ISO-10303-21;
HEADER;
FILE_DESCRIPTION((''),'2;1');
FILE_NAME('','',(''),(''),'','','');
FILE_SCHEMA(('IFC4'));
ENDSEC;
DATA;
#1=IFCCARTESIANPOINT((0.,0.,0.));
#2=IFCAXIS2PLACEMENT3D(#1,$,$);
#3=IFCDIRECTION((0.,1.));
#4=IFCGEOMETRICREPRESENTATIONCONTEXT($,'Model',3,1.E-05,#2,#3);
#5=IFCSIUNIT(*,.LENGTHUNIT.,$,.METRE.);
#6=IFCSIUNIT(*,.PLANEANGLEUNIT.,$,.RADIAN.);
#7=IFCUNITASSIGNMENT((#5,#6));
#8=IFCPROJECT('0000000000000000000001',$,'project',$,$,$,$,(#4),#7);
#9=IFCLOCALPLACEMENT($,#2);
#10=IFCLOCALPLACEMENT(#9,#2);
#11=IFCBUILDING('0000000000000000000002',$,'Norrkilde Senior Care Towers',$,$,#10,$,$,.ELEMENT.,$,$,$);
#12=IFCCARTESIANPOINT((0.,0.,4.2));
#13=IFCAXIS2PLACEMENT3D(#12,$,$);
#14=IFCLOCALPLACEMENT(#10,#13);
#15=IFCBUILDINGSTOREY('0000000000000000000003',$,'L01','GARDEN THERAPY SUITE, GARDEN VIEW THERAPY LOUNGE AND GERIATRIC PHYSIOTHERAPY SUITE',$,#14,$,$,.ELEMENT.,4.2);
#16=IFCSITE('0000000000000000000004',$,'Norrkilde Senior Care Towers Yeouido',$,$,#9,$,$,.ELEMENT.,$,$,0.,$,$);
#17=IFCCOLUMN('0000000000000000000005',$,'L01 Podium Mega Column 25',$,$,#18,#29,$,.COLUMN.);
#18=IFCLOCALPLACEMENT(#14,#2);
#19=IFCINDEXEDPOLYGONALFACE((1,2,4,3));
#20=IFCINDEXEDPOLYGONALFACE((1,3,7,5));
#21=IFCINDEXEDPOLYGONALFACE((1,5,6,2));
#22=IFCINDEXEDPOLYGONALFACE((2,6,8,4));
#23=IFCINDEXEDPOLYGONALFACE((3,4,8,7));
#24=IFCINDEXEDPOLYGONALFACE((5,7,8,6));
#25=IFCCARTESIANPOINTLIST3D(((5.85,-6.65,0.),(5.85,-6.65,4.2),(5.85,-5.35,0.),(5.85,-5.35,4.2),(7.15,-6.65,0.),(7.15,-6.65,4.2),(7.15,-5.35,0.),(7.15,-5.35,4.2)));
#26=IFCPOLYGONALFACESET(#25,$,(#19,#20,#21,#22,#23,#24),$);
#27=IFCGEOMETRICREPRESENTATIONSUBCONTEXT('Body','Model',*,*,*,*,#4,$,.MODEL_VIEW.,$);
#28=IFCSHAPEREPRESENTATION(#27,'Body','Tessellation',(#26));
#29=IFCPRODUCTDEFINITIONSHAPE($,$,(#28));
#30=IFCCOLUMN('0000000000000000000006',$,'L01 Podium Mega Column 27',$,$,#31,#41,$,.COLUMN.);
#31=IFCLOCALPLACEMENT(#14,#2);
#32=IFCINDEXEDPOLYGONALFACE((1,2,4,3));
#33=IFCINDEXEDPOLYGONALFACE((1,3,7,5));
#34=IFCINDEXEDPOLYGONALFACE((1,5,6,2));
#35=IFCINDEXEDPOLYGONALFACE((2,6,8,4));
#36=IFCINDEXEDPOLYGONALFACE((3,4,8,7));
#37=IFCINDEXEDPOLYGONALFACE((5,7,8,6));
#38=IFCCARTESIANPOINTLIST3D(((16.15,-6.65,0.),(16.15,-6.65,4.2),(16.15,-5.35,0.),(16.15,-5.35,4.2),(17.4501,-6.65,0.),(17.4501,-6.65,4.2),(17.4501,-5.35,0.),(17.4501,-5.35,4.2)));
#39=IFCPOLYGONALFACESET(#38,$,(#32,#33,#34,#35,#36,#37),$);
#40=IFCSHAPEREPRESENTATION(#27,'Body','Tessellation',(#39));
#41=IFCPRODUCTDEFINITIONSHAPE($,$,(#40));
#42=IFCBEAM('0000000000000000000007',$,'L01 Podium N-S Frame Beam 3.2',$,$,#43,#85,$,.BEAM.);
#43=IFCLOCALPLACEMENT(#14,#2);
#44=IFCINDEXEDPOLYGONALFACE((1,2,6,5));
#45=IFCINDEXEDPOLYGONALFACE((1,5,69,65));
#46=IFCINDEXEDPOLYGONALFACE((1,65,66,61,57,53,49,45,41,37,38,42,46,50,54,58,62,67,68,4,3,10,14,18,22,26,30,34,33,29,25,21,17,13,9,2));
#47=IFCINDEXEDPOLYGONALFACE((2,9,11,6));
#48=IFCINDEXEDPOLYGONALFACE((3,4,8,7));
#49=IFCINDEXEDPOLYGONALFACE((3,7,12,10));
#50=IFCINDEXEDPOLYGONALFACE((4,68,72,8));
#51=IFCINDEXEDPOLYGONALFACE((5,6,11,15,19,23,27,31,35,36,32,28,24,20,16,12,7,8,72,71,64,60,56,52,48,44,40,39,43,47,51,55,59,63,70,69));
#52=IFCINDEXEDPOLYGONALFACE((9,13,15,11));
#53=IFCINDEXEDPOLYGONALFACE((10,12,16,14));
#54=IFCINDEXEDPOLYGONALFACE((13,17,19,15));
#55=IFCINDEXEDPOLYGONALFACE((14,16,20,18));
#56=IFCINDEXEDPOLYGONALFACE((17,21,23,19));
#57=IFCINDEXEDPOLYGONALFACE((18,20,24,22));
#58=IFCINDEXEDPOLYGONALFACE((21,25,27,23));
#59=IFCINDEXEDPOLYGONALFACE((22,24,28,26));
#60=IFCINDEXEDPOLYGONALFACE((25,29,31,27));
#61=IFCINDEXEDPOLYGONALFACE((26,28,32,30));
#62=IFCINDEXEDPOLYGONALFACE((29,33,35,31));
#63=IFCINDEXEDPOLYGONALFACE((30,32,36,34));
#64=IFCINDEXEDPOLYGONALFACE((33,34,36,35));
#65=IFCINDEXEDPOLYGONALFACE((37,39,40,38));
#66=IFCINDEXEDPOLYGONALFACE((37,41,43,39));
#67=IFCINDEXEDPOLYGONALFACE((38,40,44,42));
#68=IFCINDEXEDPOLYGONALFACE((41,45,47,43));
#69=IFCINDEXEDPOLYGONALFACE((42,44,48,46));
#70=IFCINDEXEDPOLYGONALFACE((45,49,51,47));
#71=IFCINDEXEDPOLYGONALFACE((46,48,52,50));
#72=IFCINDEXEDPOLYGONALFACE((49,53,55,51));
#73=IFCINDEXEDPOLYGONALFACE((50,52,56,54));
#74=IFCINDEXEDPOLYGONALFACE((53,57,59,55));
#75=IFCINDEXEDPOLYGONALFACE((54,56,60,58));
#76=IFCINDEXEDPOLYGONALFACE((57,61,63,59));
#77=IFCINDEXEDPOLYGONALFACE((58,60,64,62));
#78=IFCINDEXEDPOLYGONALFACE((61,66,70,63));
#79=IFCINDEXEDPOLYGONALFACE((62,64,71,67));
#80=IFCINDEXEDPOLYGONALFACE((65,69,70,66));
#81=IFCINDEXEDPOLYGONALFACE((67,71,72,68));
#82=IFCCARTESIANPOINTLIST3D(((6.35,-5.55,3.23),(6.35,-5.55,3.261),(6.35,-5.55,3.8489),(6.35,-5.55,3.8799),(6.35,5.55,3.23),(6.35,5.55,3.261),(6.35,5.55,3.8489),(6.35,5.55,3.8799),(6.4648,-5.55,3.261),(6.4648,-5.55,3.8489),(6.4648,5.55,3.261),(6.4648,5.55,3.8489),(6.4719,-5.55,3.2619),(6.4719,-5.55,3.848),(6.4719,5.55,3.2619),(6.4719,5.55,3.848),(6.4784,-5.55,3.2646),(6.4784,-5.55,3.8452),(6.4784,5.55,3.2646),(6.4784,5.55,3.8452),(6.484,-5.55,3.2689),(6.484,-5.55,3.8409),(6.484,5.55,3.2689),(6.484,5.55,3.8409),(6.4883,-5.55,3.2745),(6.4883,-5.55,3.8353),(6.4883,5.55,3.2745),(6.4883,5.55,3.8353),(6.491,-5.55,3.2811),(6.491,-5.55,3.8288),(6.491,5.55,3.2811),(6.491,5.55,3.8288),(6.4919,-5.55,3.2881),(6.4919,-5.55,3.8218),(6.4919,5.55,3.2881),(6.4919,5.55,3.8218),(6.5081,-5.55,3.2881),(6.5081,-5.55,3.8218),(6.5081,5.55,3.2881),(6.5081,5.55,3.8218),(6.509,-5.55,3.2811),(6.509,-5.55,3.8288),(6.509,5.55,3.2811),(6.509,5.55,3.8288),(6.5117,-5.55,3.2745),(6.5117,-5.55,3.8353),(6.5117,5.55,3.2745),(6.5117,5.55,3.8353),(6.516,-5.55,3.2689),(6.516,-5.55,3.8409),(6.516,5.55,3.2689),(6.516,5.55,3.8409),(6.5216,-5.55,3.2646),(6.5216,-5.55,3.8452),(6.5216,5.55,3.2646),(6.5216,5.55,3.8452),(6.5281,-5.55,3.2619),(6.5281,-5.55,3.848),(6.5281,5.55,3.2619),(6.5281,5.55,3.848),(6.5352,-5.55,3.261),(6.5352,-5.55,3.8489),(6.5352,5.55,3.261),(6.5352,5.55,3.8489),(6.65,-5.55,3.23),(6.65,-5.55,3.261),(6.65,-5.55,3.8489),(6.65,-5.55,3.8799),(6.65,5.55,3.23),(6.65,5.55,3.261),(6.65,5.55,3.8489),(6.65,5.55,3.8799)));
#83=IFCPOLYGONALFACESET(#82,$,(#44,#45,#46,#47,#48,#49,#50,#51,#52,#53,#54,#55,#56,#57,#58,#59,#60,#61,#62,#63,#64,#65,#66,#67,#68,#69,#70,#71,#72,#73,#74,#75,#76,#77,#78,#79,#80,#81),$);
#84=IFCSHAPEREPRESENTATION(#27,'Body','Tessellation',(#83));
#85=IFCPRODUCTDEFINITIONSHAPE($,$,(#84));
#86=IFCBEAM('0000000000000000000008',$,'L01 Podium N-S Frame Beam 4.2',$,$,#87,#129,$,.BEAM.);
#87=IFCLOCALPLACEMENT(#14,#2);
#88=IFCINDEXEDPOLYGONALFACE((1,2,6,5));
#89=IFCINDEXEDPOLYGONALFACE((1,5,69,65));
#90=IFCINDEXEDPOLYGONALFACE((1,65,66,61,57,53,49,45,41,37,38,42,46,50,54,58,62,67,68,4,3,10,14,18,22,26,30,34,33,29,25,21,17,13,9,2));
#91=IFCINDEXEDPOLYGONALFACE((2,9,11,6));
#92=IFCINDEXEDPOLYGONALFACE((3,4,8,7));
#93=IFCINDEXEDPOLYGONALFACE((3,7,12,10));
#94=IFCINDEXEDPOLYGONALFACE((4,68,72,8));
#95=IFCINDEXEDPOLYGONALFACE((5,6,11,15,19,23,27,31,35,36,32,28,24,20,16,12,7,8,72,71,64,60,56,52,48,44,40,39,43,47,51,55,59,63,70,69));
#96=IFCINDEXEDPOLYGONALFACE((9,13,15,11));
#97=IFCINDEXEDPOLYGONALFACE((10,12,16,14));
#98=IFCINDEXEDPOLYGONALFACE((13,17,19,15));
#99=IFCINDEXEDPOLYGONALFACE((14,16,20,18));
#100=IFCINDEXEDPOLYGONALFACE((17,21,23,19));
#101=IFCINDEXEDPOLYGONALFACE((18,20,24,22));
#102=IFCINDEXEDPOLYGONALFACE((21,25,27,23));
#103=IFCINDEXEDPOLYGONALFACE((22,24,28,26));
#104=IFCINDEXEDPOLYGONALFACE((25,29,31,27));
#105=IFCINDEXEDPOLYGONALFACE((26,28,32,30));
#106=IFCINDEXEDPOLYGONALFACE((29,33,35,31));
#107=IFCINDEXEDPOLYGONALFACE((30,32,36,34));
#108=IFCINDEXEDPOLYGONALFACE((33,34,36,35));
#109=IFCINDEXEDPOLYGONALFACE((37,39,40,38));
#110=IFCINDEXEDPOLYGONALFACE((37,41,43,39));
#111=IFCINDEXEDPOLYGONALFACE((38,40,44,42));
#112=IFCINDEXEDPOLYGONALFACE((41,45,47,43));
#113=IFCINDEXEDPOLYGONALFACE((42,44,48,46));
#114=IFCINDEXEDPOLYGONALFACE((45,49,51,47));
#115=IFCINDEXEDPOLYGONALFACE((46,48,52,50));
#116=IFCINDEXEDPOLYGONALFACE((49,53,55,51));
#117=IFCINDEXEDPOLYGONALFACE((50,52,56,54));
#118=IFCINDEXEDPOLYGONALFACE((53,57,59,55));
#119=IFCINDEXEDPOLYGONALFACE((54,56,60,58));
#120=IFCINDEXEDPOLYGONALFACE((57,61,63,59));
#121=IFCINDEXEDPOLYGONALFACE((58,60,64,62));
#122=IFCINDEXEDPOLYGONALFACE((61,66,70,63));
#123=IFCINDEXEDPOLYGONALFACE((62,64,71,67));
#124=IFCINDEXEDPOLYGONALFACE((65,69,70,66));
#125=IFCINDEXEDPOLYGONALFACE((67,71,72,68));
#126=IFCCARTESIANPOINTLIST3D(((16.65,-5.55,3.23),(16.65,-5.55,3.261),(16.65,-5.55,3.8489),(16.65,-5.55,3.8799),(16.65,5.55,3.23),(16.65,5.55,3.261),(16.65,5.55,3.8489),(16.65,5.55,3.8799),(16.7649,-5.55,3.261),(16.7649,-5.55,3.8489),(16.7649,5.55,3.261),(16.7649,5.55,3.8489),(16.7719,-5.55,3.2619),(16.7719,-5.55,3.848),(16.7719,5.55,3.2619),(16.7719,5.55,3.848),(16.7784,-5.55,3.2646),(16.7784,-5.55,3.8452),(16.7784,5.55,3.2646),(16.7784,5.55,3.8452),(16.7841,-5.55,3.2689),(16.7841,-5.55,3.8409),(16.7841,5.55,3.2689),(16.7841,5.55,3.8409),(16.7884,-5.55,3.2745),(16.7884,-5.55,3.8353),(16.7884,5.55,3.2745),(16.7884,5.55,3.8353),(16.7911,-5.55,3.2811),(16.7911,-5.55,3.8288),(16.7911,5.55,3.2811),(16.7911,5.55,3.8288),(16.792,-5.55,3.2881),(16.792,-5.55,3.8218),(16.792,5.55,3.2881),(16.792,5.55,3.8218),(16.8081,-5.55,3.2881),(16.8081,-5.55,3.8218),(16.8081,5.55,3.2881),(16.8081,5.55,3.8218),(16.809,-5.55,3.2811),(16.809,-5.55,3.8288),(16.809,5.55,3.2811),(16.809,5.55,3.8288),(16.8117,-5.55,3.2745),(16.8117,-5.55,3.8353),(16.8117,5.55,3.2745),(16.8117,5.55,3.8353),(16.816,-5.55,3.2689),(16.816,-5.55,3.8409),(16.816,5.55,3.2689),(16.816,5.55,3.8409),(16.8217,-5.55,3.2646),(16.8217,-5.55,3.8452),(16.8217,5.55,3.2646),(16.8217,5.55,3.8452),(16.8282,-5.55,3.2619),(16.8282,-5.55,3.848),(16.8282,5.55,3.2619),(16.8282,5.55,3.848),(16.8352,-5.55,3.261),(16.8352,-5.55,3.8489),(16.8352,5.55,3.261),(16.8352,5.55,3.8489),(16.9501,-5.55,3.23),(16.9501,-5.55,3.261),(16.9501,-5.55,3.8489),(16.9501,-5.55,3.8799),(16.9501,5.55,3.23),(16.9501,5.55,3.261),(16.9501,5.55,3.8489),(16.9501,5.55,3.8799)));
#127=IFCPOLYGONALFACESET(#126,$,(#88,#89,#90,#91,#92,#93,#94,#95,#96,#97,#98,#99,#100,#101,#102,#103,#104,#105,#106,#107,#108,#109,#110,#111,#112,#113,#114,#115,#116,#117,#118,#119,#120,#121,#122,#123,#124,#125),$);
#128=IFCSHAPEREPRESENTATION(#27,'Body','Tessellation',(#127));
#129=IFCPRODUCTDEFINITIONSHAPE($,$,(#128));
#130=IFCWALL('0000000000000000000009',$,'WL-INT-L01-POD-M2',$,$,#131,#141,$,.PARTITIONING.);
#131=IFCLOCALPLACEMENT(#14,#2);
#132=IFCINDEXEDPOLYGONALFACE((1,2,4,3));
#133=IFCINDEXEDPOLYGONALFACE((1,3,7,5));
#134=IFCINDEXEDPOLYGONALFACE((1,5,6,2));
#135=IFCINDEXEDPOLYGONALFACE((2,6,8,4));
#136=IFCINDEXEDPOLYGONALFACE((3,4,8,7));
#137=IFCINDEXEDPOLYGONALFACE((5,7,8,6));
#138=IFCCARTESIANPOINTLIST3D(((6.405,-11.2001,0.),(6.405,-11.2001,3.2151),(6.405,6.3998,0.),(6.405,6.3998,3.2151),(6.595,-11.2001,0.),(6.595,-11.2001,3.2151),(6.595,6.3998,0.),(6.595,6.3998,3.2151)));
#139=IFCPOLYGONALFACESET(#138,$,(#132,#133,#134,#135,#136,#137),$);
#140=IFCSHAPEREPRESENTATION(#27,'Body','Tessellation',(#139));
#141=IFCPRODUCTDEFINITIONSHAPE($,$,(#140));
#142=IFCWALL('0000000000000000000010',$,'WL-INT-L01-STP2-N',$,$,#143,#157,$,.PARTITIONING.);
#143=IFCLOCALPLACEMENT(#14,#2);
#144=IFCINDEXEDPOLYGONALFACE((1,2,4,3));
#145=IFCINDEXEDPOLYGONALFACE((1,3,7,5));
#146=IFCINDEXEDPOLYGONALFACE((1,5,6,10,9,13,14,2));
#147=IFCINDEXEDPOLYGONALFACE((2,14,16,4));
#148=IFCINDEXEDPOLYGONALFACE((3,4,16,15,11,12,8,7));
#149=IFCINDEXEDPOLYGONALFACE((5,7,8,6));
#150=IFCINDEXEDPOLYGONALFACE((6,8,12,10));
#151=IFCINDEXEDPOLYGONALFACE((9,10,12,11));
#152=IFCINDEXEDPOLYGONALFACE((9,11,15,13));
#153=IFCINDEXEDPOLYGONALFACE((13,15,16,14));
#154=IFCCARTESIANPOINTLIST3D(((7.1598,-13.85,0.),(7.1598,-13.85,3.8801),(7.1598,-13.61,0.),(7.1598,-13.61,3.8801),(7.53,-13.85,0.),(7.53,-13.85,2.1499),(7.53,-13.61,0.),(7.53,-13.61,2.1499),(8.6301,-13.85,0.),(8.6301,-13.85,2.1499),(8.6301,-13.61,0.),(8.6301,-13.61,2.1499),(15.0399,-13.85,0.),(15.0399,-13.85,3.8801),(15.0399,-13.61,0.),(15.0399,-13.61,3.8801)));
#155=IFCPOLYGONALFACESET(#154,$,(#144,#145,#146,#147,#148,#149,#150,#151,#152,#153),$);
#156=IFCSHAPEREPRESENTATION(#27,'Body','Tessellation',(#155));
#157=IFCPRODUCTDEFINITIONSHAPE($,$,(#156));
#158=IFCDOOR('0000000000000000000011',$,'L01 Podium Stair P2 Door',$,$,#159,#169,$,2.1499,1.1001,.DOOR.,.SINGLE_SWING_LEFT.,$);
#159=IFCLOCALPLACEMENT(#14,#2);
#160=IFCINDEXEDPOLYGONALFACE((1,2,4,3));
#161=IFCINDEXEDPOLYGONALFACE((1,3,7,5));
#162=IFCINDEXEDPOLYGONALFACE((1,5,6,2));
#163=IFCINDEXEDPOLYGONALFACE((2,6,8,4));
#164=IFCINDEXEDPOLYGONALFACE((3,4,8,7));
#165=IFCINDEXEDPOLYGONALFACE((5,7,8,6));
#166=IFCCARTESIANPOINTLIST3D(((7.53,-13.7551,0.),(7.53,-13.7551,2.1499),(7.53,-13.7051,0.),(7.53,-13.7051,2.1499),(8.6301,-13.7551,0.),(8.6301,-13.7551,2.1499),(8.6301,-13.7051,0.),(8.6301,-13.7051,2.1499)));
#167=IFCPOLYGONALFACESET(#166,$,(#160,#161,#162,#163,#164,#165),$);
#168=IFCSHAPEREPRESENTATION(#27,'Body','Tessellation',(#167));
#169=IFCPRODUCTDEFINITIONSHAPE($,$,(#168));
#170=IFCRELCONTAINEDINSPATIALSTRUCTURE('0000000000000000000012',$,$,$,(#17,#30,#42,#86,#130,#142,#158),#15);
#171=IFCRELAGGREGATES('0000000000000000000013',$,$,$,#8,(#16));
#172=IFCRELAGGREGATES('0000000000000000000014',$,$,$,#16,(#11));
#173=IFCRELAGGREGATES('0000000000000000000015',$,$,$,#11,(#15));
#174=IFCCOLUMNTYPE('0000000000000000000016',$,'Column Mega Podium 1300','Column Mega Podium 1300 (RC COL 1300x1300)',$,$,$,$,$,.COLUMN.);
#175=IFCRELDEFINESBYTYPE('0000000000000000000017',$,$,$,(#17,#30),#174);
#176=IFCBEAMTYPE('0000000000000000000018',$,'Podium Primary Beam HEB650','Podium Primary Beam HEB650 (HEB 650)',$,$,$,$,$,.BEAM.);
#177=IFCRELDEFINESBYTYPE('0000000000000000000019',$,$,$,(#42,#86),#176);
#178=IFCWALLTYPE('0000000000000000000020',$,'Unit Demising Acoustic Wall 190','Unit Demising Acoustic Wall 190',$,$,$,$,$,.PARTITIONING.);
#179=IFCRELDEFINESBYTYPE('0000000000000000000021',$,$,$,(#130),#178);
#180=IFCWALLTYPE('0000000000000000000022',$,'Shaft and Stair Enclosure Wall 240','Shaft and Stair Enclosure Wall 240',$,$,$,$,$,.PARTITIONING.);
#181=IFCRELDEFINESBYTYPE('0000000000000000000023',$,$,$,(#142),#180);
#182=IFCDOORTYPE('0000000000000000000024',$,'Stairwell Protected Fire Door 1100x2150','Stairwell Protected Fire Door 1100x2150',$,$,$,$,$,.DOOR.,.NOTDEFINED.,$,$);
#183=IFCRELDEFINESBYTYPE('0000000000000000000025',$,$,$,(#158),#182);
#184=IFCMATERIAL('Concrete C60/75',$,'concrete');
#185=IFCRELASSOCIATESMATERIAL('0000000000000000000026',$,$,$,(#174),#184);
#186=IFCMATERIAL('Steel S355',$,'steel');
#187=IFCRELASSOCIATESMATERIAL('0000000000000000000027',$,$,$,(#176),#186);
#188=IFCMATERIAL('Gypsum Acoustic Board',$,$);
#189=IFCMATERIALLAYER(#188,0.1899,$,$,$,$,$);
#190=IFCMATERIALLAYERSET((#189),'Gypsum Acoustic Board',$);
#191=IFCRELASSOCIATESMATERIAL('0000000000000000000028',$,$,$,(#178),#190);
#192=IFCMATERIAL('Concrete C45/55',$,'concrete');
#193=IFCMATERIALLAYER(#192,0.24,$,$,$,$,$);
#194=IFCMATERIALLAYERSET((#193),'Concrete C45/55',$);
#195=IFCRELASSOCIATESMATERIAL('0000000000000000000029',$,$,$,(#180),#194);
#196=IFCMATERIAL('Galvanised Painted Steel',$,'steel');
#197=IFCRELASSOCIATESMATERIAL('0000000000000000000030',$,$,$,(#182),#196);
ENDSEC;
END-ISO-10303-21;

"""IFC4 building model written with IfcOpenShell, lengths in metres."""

from ifc_helpers import new_model, si_unit, direction, frame, frame_2d, origin, origin_2d, place, context, subcontext, project, spatial, rectangle, i_section, extrude, source, transform, mapped, material, layer, layer_set, material_profile, profile_set, type_object, type_shapes, element, fill, save


model = new_model("IFC4")

# Units and contexts
model_context = context("Model", 3, precision=1e-05, world=origin(), true_north=direction((0.0, 1.0)))
body_context = subcontext(model_context, "Body", "Model", "MODEL_VIEW")
ifc_project = project(units=[si_unit("LENGTHUNIT", "METRE"), si_unit("PLANEANGLEUNIT", "RADIAN")], contexts=[model_context])

# Site, building, storey
site_placement = place(None, origin())
site = spatial("IfcSite", under=ifc_project, at=site_placement, Name="Norrkilde Senior Care Towers Yeouido", CompositionType="ELEMENT", RefElevation=0.0)
building_placement = place(site_placement, origin())
building = spatial("IfcBuilding", under=site, at=building_placement, Name="Norrkilde Senior Care Towers", CompositionType="ELEMENT")
storey_placement = place(building_placement, frame((0.0, 0.0, 4.2)))
storey = spatial("IfcBuildingStorey", under=building, at=storey_placement, Name="L01", Description="GARDEN THERAPY SUITE, GARDEN VIEW THERAPY LOUNGE AND GERIATRIC PHYSIOTHERAPY SUITE", CompositionType="ELEMENT", Elevation=4.2)

# Columns
ifc_material_1 = material(Name="Concrete C60/75", Category="concrete")
ifc_material_profile_1 = material_profile(ifc_material_1, rectangle(XDim=1.3, YDim=1.3, at=origin_2d()), Name="RC COL 1300x1300")
ifc_profile_set_1 = profile_set([ifc_material_profile_1], Name="Concrete C60/75")
column_type = type_object("IfcColumnType", Name="Column Mega Podium 1300", Description="Column Mega Podium 1300 (RC COL 1300x1300)", PredefinedType="COLUMN", material=ifc_profile_set_1)
shared_shape_1 = source(origin(), body_context, "Body", "SweptSolid", [
    extrude(rectangle(XDim=1.3, YDim=1.3, at=origin_2d()), origin(), (0.0, 0.0, 1.0), 4.2),
])
type_shapes(column_type, [shared_shape_1])
for number, where, z_axis, x_axis, name in (
    (1, (6.5, -6.0, 0.0), (0.0, 0.0, 1.0), (1.0, 0.0, 0.0), "L01 Podium Mega Column 25"),
    (2, (16.8, -6.0, 0.0), (0.0, 0.0, 1.0), (1.0, 0.0, 0.0), "L01 Podium Mega Column 27"),
):
    element("IfcColumn", number, at=place(storey_placement, frame(where, z_axis=z_axis, x_axis=x_axis)), inside=storey, type_object=column_type, Name=name, PredefinedType="COLUMN", context=body_context, shape_type="MappedRepresentation", body=[
        mapped(shared_shape_1, transform((0.0, 0.0, 0.0), x_axis=(1.0, 0.0, 0.0), y_axis=(0.0, 1.0, 0.0), z_axis=(0.0, 0.0, 1.0), scale=1.0)),
    ])

# Beams
ifc_material_2 = material(Name="Steel S355", Category="steel")
ifc_material_profile_2 = material_profile(ifc_material_2, i_section(OverallWidth=0.3, OverallDepth=0.6499, WebThickness=0.0161, FlangeThickness=0.031, FilletRadius=0.0271, at=origin_2d()), Name="HEB 650")
ifc_profile_set_2 = profile_set([ifc_material_profile_2], Name="Steel S355")
beam_type = type_object("IfcBeamType", Name="Podium Primary Beam HEB650", Description="Podium Primary Beam HEB650 (HEB 650)", PredefinedType="BEAM", material=ifc_profile_set_2)
shared_shape_2 = source(origin(), body_context, "Body", "SweptSolid", [
    extrude(i_section(OverallWidth=0.3, OverallDepth=0.6499, WebThickness=0.0161, FlangeThickness=0.031, FilletRadius=0.0271, at=origin_2d()), origin(), (0.0, 0.0, 1.0), 11.1001),
])
type_shapes(beam_type, [shared_shape_2])
for number, where, z_axis, x_axis, name in (
    (3, (6.5, -5.55, 3.5549), (0.0, 1.0, 0.0), (-1.0, 0.0, 0.0), "L01 Podium N-S Frame Beam 3.2"),
    (4, (16.8, -5.55, 3.5549), (0.0, 1.0, 0.0), (-1.0, 0.0, 0.0), "L01 Podium N-S Frame Beam 4.2"),
):
    element("IfcBeam", number, at=place(storey_placement, frame(where, z_axis=z_axis, x_axis=x_axis)), inside=storey, type_object=beam_type, Name=name, PredefinedType="BEAM", context=body_context, shape_type="MappedRepresentation", body=[
        mapped(shared_shape_2, transform((0.0, 0.0, 0.0), x_axis=(1.0, 0.0, 0.0), y_axis=(0.0, 1.0, 0.0), z_axis=(0.0, 0.0, 1.0), scale=1.0)),
    ])

# Wall
ifc_material_3 = material(Name="Gypsum Acoustic Board")
ifc_layer_1 = layer(ifc_material_3, 0.1899)
ifc_layer_set_1 = layer_set([ifc_layer_1], Name="Gypsum Acoustic Board")
wall_type_1 = type_object("IfcWallType", Name="Unit Demising Acoustic Wall 190", Description="Unit Demising Acoustic Wall 190", PredefinedType="PARTITIONING", material=ifc_layer_set_1)
shared_shape_3 = source(origin(), body_context, "Body", "SweptSolid", [
    extrude(rectangle(XDim=17.5999, YDim=0.1899, at=frame_2d((8.7998, 0.0))), origin(), (0.0, 0.0, 1.0), 3.2151),
])
type_shapes(wall_type_1, [shared_shape_3])
wall_1_placement = place(storey_placement, frame((6.5, -11.2, 0.0), z_axis=(0.0, 0.0, 1.0), x_axis=(0.0, 1.0, 0.0)))
element("IfcWall", 5, at=wall_1_placement, inside=storey, type_object=wall_type_1, Name="WL-INT-L01-POD-M2", PredefinedType="PARTITIONING", context=body_context, shape_type="MappedRepresentation", body=[
    mapped(shared_shape_3, transform((0.0, 0.0, 0.0), x_axis=(1.0, 0.0, 0.0), y_axis=(0.0, 1.0, 0.0), z_axis=(0.0, 0.0, 1.0), scale=1.0)),
])

# Wall, opening, door
ifc_material_4 = material(Name="Concrete C45/55", Category="concrete")
ifc_layer_2 = layer(ifc_material_4, 0.24)
ifc_layer_set_2 = layer_set([ifc_layer_2], Name="Concrete C45/55")
wall_type_2 = type_object("IfcWallType", Name="Shaft and Stair Enclosure Wall 240", Description="Shaft and Stair Enclosure Wall 240", PredefinedType="PARTITIONING", material=ifc_layer_set_2)
shared_shape_4 = source(origin(), body_context, "Body", "SweptSolid", [
    extrude(rectangle(XDim=7.8801, YDim=0.24, at=frame_2d((3.9399, 0.0))), origin(), (0.0, 0.0, 1.0), 3.8801),
])
type_shapes(wall_type_2, [shared_shape_4])
wall_2_placement = place(storey_placement, frame((7.1599, -13.73, 0.0), z_axis=(0.0, 0.0, 1.0), x_axis=(1.0, 0.0, 0.0)))
wall_2 = element("IfcWall", 6, at=wall_2_placement, inside=storey, type_object=wall_type_2, Name="WL-INT-L01-STP2-N", PredefinedType="PARTITIONING", context=body_context, shape_type="MappedRepresentation", body=[
    mapped(shared_shape_4, transform((0.0, 0.0, 0.0), x_axis=(1.0, 0.0, 0.0), y_axis=(0.0, 1.0, 0.0), z_axis=(0.0, 0.0, 1.0), scale=1.0)),
])
opening_1_placement = place(wall_2_placement, frame((0.3701, 0.0, 0.0)))
opening_1 = element("IfcOpeningElement", 7, at=opening_1_placement, cuts=wall_2, PredefinedType="OPENING", context=body_context, shape_type="SweptSolid", body=[
    extrude(rectangle(XDim=1.1001, YDim=2.1499, at=frame_2d((0.55, 1.075))), frame((0.0, 0.1299, 0.0), z_axis=(0.0, -1.0, 0.0), x_axis=(1.0, 0.0, 0.0)), (0.0, 0.0, 1.0), 0.26),
])
ifc_material_5 = material(Name="Galvanised Painted Steel", Category="steel")
door_type_1 = type_object("IfcDoorType", Name="Stairwell Protected Fire Door 1100x2150", Description="Stairwell Protected Fire Door 1100x2150", OperationType="NOTDEFINED", PredefinedType="DOOR", material=ifc_material_5)
shared_shape_5 = source(origin(), body_context, "Body", "SweptSolid", [
    extrude(rectangle(XDim=1.1001, YDim=2.1499, at=frame_2d((0.55, 1.075))), frame((0.0, 0.0249, 0.0), z_axis=(0.0, -1.0, 0.0), x_axis=(1.0, 0.0, 0.0)), (0.0, 0.0, 1.0), 0.05),
])
type_shapes(door_type_1, [shared_shape_5])
door_1_placement = place(opening_1_placement, origin())
door_1 = element("IfcDoor", 8, at=door_1_placement, inside=storey, type_object=door_type_1, Name="L01 Podium Stair P2 Door", OperationType="SINGLE_SWING_LEFT", OverallHeight=2.1499, OverallWidth=1.1001, PredefinedType="DOOR", context=body_context, shape_type="MappedRepresentation", body=[
    mapped(shared_shape_5, transform((0.0, 0.0, 0.0), x_axis=(1.0, 0.0, 0.0), y_axis=(0.0, 1.0, 0.0), z_axis=(0.0, 0.0, 1.0), scale=1.0)),
])
fill(opening_1, door_1)

save(model, "model.ifc")
